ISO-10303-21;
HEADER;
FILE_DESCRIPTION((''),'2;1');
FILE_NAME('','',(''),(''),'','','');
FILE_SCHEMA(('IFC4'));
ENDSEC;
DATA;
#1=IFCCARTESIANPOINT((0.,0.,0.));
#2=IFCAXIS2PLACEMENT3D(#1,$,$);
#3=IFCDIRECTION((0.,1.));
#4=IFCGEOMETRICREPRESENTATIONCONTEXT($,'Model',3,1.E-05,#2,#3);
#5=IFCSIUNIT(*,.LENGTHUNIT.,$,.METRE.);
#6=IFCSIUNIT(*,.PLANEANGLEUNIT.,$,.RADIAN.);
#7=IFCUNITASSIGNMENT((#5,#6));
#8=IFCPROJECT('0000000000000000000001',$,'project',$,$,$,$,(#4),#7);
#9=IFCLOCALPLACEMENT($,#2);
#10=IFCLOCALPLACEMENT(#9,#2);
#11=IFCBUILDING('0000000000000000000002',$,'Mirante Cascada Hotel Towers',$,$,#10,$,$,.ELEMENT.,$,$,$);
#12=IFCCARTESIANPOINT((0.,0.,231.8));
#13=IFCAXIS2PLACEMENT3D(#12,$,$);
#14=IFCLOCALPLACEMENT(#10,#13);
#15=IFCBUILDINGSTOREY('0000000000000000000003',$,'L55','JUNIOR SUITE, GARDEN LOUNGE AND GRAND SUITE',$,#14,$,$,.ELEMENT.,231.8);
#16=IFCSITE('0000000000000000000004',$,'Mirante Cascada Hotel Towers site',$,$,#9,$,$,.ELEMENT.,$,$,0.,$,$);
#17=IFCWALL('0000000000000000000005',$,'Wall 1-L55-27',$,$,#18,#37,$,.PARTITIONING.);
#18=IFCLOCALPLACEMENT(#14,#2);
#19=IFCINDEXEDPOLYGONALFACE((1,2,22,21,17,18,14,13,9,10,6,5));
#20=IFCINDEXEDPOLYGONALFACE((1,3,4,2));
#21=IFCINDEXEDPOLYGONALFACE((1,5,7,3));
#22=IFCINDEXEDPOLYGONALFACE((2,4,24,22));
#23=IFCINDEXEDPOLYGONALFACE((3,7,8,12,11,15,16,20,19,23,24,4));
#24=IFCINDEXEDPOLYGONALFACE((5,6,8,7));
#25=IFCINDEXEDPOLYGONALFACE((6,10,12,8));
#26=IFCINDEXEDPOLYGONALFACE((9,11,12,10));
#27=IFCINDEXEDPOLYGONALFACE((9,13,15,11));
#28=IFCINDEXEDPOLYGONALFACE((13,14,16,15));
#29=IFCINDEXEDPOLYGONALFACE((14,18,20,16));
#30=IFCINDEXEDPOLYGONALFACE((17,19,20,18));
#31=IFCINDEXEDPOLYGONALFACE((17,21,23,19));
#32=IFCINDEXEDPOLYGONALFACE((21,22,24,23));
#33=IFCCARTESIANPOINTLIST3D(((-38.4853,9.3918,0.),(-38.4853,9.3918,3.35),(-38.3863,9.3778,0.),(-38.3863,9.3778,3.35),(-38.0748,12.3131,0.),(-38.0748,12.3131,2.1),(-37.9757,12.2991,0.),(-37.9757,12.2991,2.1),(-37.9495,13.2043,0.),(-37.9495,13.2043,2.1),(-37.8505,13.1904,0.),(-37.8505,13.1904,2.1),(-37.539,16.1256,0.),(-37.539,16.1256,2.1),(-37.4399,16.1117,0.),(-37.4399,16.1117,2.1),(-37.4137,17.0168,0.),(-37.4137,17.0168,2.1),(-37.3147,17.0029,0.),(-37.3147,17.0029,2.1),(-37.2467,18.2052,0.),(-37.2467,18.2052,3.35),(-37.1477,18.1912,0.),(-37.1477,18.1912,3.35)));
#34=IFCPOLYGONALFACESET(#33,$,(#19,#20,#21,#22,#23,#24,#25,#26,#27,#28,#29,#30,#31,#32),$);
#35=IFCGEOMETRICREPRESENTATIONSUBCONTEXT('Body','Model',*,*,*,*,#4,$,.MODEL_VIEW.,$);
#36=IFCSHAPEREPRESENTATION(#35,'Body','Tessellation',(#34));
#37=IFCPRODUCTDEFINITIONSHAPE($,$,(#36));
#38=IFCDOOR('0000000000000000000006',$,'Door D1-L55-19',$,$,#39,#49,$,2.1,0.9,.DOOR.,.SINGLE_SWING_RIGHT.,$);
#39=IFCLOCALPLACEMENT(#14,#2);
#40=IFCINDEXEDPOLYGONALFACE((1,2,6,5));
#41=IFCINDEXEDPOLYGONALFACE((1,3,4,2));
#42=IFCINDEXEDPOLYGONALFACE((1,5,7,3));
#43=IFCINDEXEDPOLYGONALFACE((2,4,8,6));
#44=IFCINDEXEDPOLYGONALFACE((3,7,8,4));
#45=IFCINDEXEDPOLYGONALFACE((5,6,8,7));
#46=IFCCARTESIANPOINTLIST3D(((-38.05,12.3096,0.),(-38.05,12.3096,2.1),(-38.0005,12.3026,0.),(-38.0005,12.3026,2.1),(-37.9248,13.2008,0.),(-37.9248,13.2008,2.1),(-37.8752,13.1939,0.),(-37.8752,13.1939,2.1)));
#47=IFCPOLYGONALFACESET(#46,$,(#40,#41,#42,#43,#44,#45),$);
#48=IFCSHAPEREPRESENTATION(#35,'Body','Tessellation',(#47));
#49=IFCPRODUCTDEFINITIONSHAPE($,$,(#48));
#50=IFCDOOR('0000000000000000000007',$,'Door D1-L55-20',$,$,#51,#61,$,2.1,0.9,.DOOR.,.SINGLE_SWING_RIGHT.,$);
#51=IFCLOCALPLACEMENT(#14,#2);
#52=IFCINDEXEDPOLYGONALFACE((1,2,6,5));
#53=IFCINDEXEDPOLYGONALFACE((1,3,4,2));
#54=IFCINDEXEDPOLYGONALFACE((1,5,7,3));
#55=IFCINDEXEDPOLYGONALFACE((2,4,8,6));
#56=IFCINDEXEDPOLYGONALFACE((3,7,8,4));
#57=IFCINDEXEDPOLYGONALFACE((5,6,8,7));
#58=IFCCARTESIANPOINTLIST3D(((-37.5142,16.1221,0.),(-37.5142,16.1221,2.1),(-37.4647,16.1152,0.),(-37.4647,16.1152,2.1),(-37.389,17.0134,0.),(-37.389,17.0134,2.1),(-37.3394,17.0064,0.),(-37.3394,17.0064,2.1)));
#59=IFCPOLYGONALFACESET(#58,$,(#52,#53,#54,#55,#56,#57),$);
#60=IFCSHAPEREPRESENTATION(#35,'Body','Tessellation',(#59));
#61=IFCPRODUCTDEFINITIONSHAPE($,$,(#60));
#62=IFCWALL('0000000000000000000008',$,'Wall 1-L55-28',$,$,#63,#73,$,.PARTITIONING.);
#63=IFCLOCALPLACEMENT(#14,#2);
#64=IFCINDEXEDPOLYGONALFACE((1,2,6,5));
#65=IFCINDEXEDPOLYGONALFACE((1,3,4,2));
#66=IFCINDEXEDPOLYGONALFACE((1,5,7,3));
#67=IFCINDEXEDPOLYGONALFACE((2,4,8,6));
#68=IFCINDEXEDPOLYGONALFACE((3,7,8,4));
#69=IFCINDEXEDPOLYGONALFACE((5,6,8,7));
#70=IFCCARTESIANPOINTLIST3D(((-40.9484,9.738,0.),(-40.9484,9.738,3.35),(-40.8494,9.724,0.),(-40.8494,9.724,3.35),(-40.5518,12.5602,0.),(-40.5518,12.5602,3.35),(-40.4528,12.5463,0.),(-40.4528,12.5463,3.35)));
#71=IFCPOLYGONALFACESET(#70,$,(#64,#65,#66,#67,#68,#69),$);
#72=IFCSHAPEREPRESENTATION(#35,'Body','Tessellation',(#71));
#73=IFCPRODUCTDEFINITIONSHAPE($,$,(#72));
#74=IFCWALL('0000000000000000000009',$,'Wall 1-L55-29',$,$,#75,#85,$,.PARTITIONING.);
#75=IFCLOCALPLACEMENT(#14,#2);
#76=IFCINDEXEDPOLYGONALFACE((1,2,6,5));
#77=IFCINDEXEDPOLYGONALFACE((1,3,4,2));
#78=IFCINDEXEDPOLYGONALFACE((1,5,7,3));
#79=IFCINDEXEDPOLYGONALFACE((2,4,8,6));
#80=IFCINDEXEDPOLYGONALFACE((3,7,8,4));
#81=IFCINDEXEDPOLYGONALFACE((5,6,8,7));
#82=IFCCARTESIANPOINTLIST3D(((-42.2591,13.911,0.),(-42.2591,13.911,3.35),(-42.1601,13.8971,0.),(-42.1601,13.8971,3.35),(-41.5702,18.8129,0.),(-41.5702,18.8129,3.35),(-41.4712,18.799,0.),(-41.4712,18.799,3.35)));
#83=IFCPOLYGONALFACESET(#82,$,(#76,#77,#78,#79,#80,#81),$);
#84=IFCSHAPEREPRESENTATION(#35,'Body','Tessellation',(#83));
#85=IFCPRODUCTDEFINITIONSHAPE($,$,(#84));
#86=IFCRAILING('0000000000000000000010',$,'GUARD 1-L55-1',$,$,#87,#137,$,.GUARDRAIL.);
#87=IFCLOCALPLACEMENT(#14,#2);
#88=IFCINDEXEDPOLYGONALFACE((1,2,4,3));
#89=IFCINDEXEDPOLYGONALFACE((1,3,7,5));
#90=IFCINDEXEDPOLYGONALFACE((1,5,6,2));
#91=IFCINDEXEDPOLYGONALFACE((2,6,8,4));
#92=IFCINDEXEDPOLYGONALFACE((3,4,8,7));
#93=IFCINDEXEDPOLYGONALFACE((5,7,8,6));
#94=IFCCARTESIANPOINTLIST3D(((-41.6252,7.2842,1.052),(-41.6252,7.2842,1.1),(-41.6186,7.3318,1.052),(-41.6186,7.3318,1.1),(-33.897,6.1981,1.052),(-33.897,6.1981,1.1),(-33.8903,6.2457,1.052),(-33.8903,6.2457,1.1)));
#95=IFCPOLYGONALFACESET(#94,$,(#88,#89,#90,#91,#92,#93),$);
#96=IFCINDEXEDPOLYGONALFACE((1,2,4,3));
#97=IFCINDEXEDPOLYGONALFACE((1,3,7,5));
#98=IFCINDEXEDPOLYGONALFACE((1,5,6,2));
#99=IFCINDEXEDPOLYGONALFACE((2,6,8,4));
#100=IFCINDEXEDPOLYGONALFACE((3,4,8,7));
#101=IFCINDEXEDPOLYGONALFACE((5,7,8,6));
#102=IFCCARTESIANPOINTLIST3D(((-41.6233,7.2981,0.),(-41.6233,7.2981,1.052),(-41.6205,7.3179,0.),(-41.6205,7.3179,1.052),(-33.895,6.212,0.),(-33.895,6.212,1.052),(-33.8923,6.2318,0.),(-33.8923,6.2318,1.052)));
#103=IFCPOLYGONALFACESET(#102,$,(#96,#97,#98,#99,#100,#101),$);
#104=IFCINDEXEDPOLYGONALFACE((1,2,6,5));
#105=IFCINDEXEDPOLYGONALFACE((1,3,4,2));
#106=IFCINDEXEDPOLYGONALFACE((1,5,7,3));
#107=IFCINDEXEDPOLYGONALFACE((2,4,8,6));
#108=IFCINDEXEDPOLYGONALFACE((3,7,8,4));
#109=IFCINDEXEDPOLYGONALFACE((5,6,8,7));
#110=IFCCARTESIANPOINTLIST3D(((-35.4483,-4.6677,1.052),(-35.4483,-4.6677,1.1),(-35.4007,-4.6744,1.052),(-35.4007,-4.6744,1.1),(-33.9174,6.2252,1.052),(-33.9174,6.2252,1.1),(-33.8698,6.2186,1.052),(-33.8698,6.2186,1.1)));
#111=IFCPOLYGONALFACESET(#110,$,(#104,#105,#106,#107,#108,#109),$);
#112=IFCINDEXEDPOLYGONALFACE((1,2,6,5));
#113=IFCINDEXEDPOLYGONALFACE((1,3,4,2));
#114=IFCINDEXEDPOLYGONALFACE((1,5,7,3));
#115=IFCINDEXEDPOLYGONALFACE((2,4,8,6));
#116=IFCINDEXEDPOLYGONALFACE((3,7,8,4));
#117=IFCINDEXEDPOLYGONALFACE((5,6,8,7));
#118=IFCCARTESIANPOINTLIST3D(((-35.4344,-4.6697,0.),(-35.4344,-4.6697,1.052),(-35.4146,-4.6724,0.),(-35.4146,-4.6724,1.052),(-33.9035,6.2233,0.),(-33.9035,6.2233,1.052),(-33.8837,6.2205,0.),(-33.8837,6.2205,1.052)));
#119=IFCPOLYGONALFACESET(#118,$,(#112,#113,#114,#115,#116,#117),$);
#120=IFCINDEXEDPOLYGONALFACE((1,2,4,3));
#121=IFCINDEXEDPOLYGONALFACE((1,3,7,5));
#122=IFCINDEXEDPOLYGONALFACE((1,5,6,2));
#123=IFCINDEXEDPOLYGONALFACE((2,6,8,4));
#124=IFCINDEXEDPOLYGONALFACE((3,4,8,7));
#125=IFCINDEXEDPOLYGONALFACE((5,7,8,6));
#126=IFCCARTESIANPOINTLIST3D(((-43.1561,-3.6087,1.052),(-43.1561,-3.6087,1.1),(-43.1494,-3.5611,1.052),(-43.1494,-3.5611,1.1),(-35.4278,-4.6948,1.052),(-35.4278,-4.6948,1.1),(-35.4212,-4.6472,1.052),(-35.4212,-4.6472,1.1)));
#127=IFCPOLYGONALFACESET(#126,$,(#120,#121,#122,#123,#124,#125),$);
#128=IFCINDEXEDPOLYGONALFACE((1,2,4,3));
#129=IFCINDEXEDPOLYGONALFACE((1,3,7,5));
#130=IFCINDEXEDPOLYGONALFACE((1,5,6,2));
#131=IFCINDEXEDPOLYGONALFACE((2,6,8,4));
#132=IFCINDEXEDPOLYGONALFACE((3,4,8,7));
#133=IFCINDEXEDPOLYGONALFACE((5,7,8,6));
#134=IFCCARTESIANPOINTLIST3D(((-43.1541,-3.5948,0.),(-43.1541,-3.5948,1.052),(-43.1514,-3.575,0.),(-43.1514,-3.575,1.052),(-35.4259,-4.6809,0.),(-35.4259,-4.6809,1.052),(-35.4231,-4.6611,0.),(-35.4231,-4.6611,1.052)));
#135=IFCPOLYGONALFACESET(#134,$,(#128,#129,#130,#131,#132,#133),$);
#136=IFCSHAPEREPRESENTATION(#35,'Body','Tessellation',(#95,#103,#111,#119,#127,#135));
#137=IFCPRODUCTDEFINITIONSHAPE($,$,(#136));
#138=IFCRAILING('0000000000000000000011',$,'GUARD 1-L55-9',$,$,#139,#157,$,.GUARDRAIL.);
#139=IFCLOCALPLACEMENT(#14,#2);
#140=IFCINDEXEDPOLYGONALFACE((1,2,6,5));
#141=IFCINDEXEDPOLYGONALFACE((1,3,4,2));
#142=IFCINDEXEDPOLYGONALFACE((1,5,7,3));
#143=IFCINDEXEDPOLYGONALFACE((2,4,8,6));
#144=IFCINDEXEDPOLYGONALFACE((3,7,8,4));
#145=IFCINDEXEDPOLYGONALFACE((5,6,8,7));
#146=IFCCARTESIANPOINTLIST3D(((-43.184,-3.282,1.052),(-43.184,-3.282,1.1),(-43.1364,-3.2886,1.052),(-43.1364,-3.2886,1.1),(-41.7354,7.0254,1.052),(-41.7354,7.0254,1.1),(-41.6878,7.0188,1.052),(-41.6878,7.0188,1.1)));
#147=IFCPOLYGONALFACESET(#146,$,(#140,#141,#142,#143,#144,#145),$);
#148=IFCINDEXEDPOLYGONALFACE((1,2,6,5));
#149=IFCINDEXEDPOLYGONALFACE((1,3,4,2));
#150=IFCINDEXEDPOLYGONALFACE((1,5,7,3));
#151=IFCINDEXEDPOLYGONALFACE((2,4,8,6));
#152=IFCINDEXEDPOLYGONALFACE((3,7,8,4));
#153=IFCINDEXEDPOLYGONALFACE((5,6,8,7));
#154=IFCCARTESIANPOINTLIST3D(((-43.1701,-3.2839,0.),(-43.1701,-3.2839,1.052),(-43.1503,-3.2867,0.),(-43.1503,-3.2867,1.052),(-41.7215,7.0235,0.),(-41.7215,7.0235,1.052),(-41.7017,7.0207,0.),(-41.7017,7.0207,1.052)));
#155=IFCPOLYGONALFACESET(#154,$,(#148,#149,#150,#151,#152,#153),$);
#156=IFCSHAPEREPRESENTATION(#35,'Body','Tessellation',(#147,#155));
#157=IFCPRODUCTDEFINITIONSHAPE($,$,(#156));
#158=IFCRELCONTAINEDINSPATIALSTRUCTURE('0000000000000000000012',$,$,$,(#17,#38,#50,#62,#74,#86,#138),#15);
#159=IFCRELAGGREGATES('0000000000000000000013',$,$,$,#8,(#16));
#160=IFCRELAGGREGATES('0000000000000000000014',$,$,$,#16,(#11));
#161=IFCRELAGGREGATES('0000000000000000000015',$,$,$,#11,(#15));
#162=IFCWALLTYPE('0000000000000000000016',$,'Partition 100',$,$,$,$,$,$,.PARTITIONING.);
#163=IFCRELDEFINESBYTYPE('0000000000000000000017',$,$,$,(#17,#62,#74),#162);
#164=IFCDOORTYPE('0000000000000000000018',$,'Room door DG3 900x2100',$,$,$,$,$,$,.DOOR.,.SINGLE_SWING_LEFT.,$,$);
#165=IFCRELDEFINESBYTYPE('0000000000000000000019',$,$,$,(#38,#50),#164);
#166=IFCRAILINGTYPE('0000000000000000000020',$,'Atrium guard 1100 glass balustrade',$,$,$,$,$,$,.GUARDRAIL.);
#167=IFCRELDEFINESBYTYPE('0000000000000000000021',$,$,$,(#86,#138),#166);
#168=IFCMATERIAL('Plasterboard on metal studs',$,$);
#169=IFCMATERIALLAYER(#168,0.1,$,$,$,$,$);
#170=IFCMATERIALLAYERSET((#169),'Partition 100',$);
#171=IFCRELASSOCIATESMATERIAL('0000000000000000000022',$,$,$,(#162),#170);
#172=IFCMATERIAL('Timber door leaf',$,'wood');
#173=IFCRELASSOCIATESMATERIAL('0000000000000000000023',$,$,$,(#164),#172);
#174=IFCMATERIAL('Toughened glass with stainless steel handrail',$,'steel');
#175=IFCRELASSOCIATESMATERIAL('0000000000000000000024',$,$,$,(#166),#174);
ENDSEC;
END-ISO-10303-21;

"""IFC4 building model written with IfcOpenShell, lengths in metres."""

from ifc_helpers import new_model, si_unit, direction, frame, frame_2d, origin, origin_2d, place, context, subcontext, project, spatial, rectangle, extrude, material, layer, layer_set, type_object, element, fill, save


model = new_model("IFC4")

# Units and contexts
model_context = context("Model", 3, precision=1e-05, world=origin(), true_north=direction((0.0, 1.0)))
body_context = subcontext(model_context, "Body", "Model", "MODEL_VIEW")
ifc_project = project(units=[si_unit("LENGTHUNIT", "METRE"), si_unit("PLANEANGLEUNIT", "RADIAN")], contexts=[model_context])

# Site, building, storey
site_placement = place(None, origin())
site = spatial("IfcSite", under=ifc_project, at=site_placement, Name="Mirante Cascada Hotel Towers site", CompositionType="ELEMENT", RefElevation=0.0)
building_placement = place(site_placement, origin())
building = spatial("IfcBuilding", under=site, at=building_placement, Name="Mirante Cascada Hotel Towers", CompositionType="ELEMENT")
storey_placement = place(building_placement, frame((0.0, 0.0, 231.8)))
storey = spatial("IfcBuildingStorey", under=building, at=storey_placement, Name="L55", Description="JUNIOR SUITE, GARDEN LOUNGE AND GRAND SUITE", CompositionType="ELEMENT", Elevation=231.8)

# Shared definitions
ifc_material_1 = material(Name="Plasterboard on metal studs")
ifc_layer_1 = layer(ifc_material_1, 0.1)
ifc_layer_set_1 = layer_set([ifc_layer_1], Name="Partition 100")
wall_type_1 = type_object("IfcWallType", Name="Partition 100", PredefinedType="PARTITIONING", material=ifc_layer_set_1)

# Wall, openings, doors
wall_1_placement = place(storey_placement, frame((-37.1972, 18.1982, 0.0), z_axis=(0.0, 0.0, 1.0), x_axis=(-0.139168, -0.990269, 0.0)))
wall_1 = element("IfcWall", 1, at=wall_1_placement, inside=storey, type_object=wall_type_1, Name="Wall 1-L55-27", PredefinedType="PARTITIONING", context=body_context, shape_type="SweptSolid", body=[
    extrude(rectangle(XDim=8.9, YDim=0.1, at=frame_2d((4.45, 0.0))), origin(), (0.0, 0.0, 1.0), 3.35),
])
opening_1_placement = place(wall_1_placement, frame((5.05, 0.0, 0.0)))
opening_1 = element("IfcOpeningElement", 2, at=opening_1_placement, cuts=wall_1, PredefinedType="OPENING", context=body_context, shape_type="SweptSolid", body=[
    extrude(rectangle(XDim=0.9, YDim=2.1, at=frame_2d((0.45, 1.05))), frame((0.0, 0.05, 0.0), z_axis=(0.0, -1.0, 0.0), x_axis=(1.0, 0.0, 0.0)), (0.0, 0.0, 1.0), 0.1),
])
opening_2_placement = place(wall_1_placement, frame((1.2, 0.0, 0.0)))
opening_2 = element("IfcOpeningElement", 3, at=opening_2_placement, cuts=wall_1, PredefinedType="OPENING", context=body_context, shape_type="SweptSolid", body=[
    extrude(rectangle(XDim=0.9, YDim=2.1, at=frame_2d((0.45, 1.05))), frame((0.0, 0.05, 0.0), z_axis=(0.0, -1.0, 0.0), x_axis=(1.0, 0.0, 0.0)), (0.0, 0.0, 1.0), 0.1),
])
ifc_material_2 = material(Name="Timber door leaf", Category="wood")
door_type_1 = type_object("IfcDoorType", Name="Room door DG3 900x2100", OperationType="SINGLE_SWING_LEFT", PredefinedType="DOOR", material=ifc_material_2)
door_1_placement = place(opening_1_placement, frame((0.9, 0.0, 0.0), z_axis=(0.0, 0.0, 1.0), x_axis=(-1.0, 0.0, 0.0)))
door_1 = element("IfcDoor", 4, at=door_1_placement, inside=storey, type_object=door_type_1, Name="Door D1-L55-19", OperationType="SINGLE_SWING_RIGHT", OverallHeight=2.1, OverallWidth=0.9, PredefinedType="DOOR", context=body_context, shape_type="SweptSolid", body=[
    extrude(rectangle(XDim=0.9, YDim=2.1, at=frame_2d((0.45, 1.05))), frame((0.0, 0.025, 0.0), z_axis=(0.0, -1.0, 0.0), x_axis=(1.0, 0.0, 0.0)), (0.0, 0.0, 1.0), 0.05),
])
fill(opening_1, door_1)
door_2_placement = place(opening_2_placement, frame((0.9, 0.0, 0.0), z_axis=(0.0, 0.0, 1.0), x_axis=(-1.0, 0.0, 0.0)))
door_2 = element("IfcDoor", 5, at=door_2_placement, inside=storey, type_object=door_type_1, Name="Door D1-L55-20", OperationType="SINGLE_SWING_RIGHT", OverallHeight=2.1, OverallWidth=0.9, PredefinedType="DOOR", context=body_context, shape_type="SweptSolid", body=[
    extrude(rectangle(XDim=0.9, YDim=2.1, at=frame_2d((0.45, 1.05))), frame((0.0, 0.025, 0.0), z_axis=(0.0, -1.0, 0.0), x_axis=(1.0, 0.0, 0.0)), (0.0, 0.0, 1.0), 0.05),
])
fill(opening_2, door_2)

# Walls
wall_2_placement = place(storey_placement, frame((-40.8989, 9.731, 0.0), z_axis=(0.0, 0.0, 1.0), x_axis=(0.139156, 0.99027, 0.0)))
element("IfcWall", 6, at=wall_2_placement, inside=storey, type_object=wall_type_1, Name="Wall 1-L55-28", PredefinedType="PARTITIONING", context=body_context, shape_type="SweptSolid", body=[
    extrude(rectangle(XDim=2.85, YDim=0.1, at=frame_2d((1.425, 0.0))), origin(), (0.0, 0.0, 1.0), 3.35),
])
wall_3_placement = place(storey_placement, frame((-41.5207, 18.8059, 0.0), z_axis=(0.0, 0.0, 1.0), x_axis=(-0.13917, -0.990268, 0.0)))
element("IfcWall", 7, at=wall_3_placement, inside=storey, type_object=wall_type_1, Name="Wall 1-L55-29", PredefinedType="PARTITIONING", context=body_context, shape_type="SweptSolid", body=[
    extrude(rectangle(XDim=4.9501, YDim=0.1, at=frame_2d((2.475, 0.0))), origin(), (0.0, 0.0, 1.0), 3.35),
])

# Railings
ifc_material_3 = material(Name="Toughened glass with stainless steel handrail", Category="steel")
railing_type = type_object("IfcRailingType", Name="Atrium guard 1100 glass balustrade", PredefinedType="GUARDRAIL", material=ifc_material_3)
railing_1_placement = place(storey_placement, frame((-41.6219, 7.308, 0.0)))
element("IfcRailing", 8, at=railing_1_placement, inside=storey, type_object=railing_type, Name="GUARD 1-L55-1", PredefinedType="GUARDRAIL", context=body_context, shape_type="SweptSolid", body=[
    extrude(rectangle(XDim=0.048, YDim=0.048, at=origin_2d()), frame((0.0, 0.0, 1.076), z_axis=(0.990269, -0.139168, 0.0), x_axis=(0.139168, 0.990269, 0.0)), (0.0, 0.0, 1.0), 7.8042),
    extrude(rectangle(XDim=0.02, YDim=1.052, at=origin_2d()), frame((0.0, 0.0, 0.526), z_axis=(0.990269, -0.139168, 0.0), x_axis=(0.139168, 0.990269, 0.0)), (0.0, 0.0, 1.0), 7.8042),
    extrude(rectangle(XDim=0.048, YDim=0.048, at=origin_2d()), frame((7.7283, -1.0861, 1.076), z_axis=(-0.139173, -0.990268, 0.0), x_axis=(0.990268, -0.139173, 0.0)), (0.0, 0.0, 1.0), 11.0),
    extrude(rectangle(XDim=0.02, YDim=1.052, at=origin_2d()), frame((7.7283, -1.0861, 0.526), z_axis=(-0.139173, -0.990268, 0.0), x_axis=(0.990268, -0.139173, 0.0)), (0.0, 0.0, 1.0), 11.0),
    extrude(rectangle(XDim=0.048, YDim=0.048, at=origin_2d()), frame((6.1974, -11.979, 1.076), z_axis=(-0.990269, 0.139168, 0.0), x_axis=(-0.139168, -0.990269, 0.0)), (0.0, 0.0, 1.0), 7.8042),
    extrude(rectangle(XDim=0.02, YDim=1.052, at=origin_2d()), frame((6.1974, -11.979, 0.526), z_axis=(-0.990269, 0.139168, 0.0), x_axis=(-0.139168, -0.990269, 0.0)), (0.0, 0.0, 1.0), 7.8042),
])
railing_2_placement = place(storey_placement, frame((-41.7116, 7.0221, 0.0)))
element("IfcRailing", 9, at=railing_2_placement, inside=storey, type_object=railing_type, Name="GUARD 1-L55-9", PredefinedType="GUARDRAIL", context=body_context, shape_type="SweptSolid", body=[
    extrude(rectangle(XDim=0.048, YDim=0.048, at=origin_2d()), frame((0.0, 0.0, 1.076), z_axis=(-0.139172, -0.990268, 0.0), x_axis=(0.990268, -0.139172, 0.0)), (0.0, 0.0, 1.0), 10.4087),
    extrude(rectangle(XDim=0.02, YDim=1.052, at=origin_2d()), frame((0.0, 0.0, 0.526), z_axis=(-0.139172, -0.990268, 0.0), x_axis=(0.990268, -0.139172, 0.0)), (0.0, 0.0, 1.0), 10.4087),
])

save(model, "model.ifc")
